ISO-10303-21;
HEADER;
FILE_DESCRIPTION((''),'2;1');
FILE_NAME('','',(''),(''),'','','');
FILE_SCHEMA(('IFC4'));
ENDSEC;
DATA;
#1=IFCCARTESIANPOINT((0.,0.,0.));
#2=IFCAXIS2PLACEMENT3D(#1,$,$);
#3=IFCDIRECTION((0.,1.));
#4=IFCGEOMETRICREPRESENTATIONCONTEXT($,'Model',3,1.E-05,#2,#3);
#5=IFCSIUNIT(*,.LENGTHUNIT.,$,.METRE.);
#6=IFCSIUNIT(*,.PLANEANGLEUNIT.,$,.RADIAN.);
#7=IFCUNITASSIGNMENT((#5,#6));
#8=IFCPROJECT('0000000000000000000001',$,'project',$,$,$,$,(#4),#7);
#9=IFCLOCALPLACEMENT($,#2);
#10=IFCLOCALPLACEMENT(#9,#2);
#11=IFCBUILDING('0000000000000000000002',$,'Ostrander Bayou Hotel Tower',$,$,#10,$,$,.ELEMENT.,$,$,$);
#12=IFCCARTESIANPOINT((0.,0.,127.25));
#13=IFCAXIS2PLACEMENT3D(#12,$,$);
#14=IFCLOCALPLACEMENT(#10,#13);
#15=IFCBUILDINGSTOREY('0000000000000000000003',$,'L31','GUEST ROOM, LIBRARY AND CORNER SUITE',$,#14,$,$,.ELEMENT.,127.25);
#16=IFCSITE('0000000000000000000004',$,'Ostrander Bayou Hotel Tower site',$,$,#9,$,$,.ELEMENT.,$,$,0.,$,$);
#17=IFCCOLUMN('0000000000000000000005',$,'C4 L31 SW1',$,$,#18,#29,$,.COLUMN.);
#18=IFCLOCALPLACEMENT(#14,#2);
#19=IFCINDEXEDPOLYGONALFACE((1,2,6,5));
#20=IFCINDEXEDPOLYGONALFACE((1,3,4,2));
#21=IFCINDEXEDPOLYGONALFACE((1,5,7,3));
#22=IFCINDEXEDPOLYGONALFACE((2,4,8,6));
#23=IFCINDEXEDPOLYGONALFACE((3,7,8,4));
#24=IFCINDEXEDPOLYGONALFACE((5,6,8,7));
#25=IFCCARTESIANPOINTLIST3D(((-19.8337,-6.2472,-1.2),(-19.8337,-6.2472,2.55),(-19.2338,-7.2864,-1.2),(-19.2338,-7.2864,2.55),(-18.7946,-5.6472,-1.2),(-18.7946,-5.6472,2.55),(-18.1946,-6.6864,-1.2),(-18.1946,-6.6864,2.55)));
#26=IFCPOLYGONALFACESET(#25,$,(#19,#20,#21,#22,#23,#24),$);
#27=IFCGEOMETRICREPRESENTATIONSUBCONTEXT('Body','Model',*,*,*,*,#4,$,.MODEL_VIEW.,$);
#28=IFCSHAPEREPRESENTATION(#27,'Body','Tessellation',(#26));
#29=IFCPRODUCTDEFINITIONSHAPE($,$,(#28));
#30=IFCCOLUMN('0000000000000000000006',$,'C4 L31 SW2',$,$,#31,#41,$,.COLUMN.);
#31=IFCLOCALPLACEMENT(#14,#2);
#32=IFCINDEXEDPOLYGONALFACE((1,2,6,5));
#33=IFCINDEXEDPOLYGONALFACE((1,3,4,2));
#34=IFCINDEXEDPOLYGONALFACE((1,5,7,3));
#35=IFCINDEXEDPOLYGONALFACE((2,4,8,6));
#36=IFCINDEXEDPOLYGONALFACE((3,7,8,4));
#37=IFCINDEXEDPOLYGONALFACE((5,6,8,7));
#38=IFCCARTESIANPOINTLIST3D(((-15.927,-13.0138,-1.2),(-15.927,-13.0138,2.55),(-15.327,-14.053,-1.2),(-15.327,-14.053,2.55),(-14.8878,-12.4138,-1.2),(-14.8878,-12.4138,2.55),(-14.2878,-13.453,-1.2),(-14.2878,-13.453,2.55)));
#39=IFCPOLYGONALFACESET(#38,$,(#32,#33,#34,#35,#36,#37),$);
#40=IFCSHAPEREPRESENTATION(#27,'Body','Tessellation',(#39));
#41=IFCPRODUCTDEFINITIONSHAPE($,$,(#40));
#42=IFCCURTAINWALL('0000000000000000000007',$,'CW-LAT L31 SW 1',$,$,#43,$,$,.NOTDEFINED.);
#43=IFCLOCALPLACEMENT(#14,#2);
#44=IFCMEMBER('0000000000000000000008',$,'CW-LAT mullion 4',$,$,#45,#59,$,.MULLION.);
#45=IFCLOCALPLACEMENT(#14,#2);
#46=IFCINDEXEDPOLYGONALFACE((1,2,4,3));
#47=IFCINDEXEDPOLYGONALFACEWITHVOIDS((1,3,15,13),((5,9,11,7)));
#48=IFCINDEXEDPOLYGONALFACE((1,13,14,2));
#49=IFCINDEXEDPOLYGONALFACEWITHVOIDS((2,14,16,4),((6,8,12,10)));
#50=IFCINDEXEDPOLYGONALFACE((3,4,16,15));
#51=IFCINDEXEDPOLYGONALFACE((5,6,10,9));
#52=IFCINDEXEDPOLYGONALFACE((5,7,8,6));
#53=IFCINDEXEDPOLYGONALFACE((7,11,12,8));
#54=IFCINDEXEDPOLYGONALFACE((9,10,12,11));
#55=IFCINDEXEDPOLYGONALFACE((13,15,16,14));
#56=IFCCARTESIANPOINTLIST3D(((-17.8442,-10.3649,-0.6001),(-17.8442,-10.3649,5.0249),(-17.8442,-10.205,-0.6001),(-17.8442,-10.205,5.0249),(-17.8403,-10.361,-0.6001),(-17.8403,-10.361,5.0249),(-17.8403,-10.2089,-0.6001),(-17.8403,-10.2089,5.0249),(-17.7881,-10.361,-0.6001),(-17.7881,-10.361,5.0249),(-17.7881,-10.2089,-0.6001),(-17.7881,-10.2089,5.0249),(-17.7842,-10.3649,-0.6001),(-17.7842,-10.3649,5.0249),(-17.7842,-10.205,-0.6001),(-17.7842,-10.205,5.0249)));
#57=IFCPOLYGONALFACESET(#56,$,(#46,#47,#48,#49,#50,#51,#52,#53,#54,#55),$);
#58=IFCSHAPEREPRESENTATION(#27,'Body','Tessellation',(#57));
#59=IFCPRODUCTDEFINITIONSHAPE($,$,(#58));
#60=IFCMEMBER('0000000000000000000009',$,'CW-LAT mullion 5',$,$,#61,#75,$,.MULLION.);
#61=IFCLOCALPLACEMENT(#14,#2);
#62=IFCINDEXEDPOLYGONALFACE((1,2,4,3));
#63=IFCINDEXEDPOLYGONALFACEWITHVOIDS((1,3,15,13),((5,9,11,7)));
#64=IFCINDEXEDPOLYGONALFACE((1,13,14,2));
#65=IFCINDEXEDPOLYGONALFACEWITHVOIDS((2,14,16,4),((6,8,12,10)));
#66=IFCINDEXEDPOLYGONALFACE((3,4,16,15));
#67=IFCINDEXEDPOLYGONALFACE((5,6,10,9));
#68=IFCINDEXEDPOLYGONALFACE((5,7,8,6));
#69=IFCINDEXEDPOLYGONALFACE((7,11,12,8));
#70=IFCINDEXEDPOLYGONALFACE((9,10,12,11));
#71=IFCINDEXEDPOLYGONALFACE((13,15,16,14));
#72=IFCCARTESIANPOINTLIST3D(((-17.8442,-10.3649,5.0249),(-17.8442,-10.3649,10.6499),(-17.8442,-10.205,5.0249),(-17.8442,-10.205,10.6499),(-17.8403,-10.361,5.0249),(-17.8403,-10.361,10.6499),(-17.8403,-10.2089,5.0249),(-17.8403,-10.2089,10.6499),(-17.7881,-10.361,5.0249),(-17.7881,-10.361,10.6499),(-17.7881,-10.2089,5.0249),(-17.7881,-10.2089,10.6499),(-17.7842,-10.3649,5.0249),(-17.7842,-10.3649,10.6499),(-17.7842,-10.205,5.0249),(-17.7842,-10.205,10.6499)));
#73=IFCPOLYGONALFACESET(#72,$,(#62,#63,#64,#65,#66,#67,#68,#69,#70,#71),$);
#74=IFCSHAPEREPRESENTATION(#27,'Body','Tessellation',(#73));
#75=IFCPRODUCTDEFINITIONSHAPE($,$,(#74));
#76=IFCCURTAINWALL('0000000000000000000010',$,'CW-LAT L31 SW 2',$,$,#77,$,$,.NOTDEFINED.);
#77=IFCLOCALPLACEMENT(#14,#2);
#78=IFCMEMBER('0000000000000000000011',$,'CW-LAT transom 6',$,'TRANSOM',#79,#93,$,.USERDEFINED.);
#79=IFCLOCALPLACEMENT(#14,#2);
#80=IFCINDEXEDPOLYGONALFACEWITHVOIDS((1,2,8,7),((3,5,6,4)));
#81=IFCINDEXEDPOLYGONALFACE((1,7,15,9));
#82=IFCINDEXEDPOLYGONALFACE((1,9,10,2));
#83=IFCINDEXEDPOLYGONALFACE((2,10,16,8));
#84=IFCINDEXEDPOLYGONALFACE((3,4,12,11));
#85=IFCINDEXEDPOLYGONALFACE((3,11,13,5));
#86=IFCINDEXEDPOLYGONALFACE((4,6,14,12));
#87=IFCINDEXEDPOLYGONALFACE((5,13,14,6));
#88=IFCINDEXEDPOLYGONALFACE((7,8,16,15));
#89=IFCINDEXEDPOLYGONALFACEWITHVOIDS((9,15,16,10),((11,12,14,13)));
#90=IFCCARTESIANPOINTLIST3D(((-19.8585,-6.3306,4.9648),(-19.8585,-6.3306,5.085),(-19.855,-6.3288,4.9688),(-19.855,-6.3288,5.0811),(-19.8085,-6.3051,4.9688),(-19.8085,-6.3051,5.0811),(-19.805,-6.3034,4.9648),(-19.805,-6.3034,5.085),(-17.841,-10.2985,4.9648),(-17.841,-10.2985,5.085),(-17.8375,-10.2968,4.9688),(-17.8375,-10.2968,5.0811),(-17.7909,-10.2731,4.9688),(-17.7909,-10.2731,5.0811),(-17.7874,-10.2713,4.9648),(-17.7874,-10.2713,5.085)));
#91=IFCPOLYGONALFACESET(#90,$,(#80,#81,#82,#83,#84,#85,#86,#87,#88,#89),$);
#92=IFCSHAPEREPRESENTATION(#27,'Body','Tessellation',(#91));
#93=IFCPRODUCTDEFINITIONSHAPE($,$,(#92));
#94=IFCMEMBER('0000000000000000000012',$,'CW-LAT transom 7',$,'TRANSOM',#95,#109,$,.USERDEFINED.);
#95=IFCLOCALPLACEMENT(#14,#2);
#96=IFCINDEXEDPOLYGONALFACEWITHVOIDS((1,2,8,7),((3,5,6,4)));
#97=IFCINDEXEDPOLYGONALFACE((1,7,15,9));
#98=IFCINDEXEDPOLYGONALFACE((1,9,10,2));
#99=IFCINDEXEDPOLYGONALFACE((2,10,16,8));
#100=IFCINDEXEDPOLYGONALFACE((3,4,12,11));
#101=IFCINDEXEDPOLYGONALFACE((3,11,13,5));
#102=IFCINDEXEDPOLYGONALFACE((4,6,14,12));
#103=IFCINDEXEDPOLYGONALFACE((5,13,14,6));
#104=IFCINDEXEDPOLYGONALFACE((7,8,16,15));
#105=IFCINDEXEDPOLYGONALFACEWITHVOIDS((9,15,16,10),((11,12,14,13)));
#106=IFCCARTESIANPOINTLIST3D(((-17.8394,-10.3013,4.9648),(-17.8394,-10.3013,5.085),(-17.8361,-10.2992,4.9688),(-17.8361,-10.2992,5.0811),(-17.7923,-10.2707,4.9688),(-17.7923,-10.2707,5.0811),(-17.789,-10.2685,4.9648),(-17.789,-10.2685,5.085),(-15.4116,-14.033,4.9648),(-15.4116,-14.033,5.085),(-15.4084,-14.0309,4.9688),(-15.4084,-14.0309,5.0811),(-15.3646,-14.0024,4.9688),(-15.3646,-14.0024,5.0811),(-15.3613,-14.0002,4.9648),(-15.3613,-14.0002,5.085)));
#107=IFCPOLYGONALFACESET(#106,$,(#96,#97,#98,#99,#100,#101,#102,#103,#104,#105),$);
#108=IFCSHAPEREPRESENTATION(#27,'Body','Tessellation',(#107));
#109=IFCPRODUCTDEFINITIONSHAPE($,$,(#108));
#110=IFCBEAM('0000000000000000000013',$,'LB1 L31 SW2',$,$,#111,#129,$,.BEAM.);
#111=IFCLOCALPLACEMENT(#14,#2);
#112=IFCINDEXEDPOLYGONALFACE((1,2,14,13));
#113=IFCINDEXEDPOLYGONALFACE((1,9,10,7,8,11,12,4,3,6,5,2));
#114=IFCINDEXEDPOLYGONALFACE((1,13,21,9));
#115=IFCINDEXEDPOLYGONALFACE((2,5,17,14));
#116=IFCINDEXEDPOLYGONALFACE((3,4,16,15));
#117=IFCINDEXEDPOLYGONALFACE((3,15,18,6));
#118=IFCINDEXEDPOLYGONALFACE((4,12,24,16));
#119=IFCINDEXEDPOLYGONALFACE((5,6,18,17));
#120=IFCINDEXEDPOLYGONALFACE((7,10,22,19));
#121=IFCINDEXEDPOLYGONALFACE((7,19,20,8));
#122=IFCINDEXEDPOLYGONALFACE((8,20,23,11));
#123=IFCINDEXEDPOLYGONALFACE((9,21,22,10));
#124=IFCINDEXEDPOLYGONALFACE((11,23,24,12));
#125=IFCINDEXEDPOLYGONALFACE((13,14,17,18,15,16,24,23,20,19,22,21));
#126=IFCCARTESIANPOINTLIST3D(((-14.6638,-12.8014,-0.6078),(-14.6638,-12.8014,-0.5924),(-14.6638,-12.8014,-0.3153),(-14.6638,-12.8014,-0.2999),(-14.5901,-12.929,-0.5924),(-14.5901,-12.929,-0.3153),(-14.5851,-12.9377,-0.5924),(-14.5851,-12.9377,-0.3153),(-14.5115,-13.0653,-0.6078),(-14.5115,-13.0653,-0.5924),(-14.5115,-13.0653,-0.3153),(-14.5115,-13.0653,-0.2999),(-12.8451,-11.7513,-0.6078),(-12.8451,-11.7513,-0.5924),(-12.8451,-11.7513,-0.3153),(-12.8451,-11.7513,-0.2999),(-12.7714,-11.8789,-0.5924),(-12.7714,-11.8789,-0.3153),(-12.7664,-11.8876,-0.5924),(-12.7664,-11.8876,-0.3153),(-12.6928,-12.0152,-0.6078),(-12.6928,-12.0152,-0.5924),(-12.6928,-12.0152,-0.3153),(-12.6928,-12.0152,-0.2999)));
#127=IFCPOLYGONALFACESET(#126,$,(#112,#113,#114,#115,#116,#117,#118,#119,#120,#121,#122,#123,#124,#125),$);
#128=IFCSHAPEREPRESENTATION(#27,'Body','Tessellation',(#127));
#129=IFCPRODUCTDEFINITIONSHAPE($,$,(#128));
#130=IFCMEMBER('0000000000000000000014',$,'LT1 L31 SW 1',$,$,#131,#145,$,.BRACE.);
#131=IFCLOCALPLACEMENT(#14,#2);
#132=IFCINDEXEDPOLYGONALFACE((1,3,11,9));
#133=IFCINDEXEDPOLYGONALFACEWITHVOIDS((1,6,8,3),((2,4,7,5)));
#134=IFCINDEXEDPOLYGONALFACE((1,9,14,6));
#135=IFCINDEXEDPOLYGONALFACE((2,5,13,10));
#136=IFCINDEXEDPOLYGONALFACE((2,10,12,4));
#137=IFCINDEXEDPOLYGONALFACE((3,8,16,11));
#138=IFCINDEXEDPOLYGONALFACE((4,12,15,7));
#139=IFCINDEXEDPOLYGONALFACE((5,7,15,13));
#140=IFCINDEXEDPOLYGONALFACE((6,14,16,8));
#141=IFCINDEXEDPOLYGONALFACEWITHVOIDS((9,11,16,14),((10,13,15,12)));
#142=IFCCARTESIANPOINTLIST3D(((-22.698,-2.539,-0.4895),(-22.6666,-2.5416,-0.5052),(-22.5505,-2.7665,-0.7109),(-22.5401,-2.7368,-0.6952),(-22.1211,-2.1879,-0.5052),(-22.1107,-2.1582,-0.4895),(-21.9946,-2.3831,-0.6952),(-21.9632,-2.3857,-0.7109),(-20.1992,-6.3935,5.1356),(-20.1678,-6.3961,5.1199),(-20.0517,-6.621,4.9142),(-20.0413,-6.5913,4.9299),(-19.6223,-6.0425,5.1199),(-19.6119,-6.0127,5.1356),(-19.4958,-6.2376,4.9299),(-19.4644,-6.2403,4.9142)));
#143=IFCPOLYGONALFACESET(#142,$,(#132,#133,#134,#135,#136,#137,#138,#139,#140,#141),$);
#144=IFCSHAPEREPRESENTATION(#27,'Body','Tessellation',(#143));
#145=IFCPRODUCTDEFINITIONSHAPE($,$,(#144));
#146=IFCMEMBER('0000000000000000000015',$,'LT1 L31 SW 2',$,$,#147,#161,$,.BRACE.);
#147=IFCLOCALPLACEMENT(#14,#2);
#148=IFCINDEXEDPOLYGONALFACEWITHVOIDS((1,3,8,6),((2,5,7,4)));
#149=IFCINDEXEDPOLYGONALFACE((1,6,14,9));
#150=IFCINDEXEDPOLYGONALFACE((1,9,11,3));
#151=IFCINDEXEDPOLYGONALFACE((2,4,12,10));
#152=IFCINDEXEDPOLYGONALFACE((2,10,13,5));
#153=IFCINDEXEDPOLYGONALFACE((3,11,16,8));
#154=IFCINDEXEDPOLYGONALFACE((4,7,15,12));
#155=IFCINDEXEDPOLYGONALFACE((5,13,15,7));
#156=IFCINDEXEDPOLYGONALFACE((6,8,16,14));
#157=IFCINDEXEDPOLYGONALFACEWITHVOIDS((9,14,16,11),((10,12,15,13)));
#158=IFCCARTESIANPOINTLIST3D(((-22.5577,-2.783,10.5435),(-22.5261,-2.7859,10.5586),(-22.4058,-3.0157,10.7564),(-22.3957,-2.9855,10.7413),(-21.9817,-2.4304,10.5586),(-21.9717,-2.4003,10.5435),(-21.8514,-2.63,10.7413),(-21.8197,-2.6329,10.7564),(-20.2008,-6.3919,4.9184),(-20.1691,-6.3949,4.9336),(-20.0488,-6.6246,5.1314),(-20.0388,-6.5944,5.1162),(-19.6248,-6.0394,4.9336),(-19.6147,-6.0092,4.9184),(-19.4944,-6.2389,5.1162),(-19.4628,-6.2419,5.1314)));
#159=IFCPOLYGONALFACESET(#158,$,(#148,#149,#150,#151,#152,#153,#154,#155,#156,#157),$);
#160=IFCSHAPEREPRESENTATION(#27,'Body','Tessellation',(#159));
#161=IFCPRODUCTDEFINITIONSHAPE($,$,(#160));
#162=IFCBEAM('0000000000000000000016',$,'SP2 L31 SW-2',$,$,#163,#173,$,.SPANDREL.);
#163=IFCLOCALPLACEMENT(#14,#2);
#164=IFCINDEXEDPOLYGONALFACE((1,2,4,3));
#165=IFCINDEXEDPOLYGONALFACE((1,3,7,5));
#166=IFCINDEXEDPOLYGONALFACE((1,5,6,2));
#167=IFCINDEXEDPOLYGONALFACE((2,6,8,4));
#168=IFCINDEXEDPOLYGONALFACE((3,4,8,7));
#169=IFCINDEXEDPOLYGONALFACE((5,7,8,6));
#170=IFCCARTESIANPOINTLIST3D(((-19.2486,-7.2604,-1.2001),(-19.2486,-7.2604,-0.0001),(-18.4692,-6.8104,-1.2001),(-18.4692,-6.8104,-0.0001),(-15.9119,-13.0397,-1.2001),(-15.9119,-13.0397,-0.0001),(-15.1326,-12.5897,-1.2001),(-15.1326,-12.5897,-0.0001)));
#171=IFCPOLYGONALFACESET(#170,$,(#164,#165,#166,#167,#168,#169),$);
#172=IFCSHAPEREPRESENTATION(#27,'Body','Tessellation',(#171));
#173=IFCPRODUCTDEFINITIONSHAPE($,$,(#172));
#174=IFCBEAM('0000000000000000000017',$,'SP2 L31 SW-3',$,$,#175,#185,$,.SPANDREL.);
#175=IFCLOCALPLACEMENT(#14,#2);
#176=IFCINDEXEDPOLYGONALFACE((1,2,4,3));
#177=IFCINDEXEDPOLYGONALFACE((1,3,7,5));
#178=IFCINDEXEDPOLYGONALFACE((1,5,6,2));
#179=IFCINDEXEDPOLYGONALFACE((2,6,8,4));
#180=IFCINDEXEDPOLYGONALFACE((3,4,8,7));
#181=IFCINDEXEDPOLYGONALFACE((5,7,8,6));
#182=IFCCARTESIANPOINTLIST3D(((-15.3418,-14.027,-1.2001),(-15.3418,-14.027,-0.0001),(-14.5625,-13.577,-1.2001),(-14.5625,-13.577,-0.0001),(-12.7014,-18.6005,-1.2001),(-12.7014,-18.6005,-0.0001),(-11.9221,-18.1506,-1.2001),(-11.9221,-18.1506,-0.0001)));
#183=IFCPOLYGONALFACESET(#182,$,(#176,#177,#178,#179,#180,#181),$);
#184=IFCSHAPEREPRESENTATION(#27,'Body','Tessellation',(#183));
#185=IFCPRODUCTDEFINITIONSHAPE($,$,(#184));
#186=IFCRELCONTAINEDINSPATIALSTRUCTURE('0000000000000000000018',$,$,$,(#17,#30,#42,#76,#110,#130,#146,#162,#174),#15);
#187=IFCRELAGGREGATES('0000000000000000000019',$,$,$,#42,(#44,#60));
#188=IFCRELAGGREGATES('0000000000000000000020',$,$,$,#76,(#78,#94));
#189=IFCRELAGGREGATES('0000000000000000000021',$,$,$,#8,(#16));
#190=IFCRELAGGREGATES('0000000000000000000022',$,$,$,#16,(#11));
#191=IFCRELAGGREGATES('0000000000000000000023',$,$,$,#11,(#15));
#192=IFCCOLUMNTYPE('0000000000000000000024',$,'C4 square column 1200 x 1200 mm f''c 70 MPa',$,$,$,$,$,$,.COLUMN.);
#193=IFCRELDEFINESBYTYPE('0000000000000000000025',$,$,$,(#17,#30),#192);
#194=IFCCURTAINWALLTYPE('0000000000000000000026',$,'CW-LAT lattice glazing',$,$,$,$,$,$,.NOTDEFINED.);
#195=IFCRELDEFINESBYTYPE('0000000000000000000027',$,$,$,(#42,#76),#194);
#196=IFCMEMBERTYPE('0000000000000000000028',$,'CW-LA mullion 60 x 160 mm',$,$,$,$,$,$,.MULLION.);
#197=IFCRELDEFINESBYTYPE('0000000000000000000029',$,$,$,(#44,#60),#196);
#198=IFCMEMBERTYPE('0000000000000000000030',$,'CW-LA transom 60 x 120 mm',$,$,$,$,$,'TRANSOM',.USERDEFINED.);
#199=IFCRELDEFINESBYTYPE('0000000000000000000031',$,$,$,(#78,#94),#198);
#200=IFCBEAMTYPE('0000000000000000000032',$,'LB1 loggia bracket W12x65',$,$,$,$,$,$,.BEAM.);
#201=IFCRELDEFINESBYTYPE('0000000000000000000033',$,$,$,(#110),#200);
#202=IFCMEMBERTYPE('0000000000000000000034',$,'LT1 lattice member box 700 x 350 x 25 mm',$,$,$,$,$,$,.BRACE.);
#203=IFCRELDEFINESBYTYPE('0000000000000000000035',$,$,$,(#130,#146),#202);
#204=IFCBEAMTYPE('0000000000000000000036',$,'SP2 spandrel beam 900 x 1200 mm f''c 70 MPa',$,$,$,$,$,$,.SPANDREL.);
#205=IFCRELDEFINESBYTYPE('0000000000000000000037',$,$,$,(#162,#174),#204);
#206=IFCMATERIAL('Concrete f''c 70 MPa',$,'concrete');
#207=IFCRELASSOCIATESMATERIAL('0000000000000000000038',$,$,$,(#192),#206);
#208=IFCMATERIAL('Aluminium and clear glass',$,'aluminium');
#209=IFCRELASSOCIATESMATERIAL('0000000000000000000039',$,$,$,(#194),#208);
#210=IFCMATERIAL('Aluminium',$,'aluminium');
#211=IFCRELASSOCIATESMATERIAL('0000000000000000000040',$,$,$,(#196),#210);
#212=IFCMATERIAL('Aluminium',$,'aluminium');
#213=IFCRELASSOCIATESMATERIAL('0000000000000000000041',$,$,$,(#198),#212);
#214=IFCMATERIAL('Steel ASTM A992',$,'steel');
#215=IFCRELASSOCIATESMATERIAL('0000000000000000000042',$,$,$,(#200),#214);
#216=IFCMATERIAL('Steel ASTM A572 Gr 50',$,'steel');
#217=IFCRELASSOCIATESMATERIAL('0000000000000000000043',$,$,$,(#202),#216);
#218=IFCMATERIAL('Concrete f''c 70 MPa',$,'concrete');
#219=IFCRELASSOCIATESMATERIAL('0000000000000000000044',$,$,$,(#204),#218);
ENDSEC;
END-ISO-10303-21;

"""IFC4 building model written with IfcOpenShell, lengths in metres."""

from ifc_helpers import new_model, si_unit, direction, frame, origin, origin_2d, place, context, subcontext, project, spatial, rectangle, hollow_rectangle, i_section, extrude, material, material_profile, profile_set, type_object, element, aggregate, save


model = new_model("IFC4")

# Units and contexts
model_context = context("Model", 3, precision=1e-05, world=origin(), true_north=direction((0.0, 1.0)))
body_context = subcontext(model_context, "Body", "Model", "MODEL_VIEW")
ifc_project = project(units=[si_unit("LENGTHUNIT", "METRE"), si_unit("PLANEANGLEUNIT", "RADIAN")], contexts=[model_context])

# Site, building, storey
site_placement = place(None, origin())
site = spatial("IfcSite", under=ifc_project, at=site_placement, Name="Ostrander Bayou Hotel Tower site", CompositionType="ELEMENT", RefElevation=0.0)
building_placement = place(site_placement, origin())
building = spatial("IfcBuilding", under=site, at=building_placement, Name="Ostrander Bayou Hotel Tower", CompositionType="ELEMENT")
storey_placement = place(building_placement, frame((0.0, 0.0, 127.25)))
storey = spatial("IfcBuildingStorey", under=building, at=storey_placement, Name="L31", Description="GUEST ROOM, LIBRARY AND CORNER SUITE", CompositionType="ELEMENT", Elevation=127.25)

# Columns
ifc_material_1 = material(Name="Concrete f'c 70 MPa", Category="concrete")
ifc_material_profile_1 = material_profile(ifc_material_1, rectangle(XDim=1.2, YDim=1.2, at=origin_2d()))
ifc_profile_set_1 = profile_set([ifc_material_profile_1], Name="Concrete f'c 70 MPa")
column_type = type_object("IfcColumnType", Name="C4 square column 1200 x 1200 mm f'c 70 MPa", PredefinedType="COLUMN", material=ifc_profile_set_1)
for number, where, z_axis, x_axis, name in (
    (1, (-19.0142, -6.4668, -1.2), (0.0, 0.0, 1.0), (-0.5, 0.866025, 0.0), "C4 L31 SW1"),
    (2, (-15.1074, -13.2334, -1.2), (0.0, 0.0, 1.0), (-0.5, 0.866025, 0.0), "C4 L31 SW2"),
):
    element("IfcColumn", number, at=place(storey_placement, frame(where, z_axis=z_axis, x_axis=x_axis)), inside=storey, type_object=column_type, Name=name, PredefinedType="COLUMN", context=body_context, shape_type="SweptSolid", body=[
        extrude(rectangle(XDim=1.2, YDim=1.2, at=origin_2d()), origin(), (0.0, 0.0, 1.0), 3.75),
    ])

# Curtain walls, members
ifc_material_2 = material(Name="Aluminium and clear glass", Category="aluminium")
curtain_wall_type = type_object("IfcCurtainWallType", Name="CW-LAT lattice glazing", PredefinedType="NOTDEFINED", material=ifc_material_2)
curtain_wall_1_placement = place(storey_placement, origin())
curtain_wall_1 = element("IfcCurtainWall", 3, at=curtain_wall_1_placement, inside=storey, type_object=curtain_wall_type, Name="CW-LAT L31 SW 1", PredefinedType="NOTDEFINED")
ifc_material_3 = material(Name="Aluminium", Category="aluminium")
ifc_material_profile_2 = material_profile(ifc_material_3, hollow_rectangle(XDim=0.0601, YDim=0.1599, WallThickness=0.0039, at=origin_2d()))
ifc_profile_set_2 = profile_set([ifc_material_profile_2], Name="Aluminium")
member_type_1 = type_object("IfcMemberType", Name="CW-LA mullion 60 x 160 mm", PredefinedType="MULLION", material=ifc_profile_set_2)
member_1_placement = place(storey_placement, frame((-17.8142, -10.2849, -0.6001), z_axis=(0.0, 0.0, 1.0), x_axis=(1.0, 0.0, 0.0)))
member_1 = element("IfcMember", 4, at=member_1_placement, type_object=member_type_1, Name="CW-LAT mullion 4", PredefinedType="MULLION", context=body_context, shape_type="SweptSolid", body=[
    extrude(hollow_rectangle(XDim=0.0601, YDim=0.1599, WallThickness=0.0039, at=origin_2d()), origin(), (0.0, 0.0, 1.0), 5.625),
])
member_2_placement = place(storey_placement, frame((-17.8142, -10.2849, 5.0249), z_axis=(0.0, 0.0, 1.0), x_axis=(1.0, 0.0, 0.0)))
member_2 = element("IfcMember", 5, at=member_2_placement, type_object=member_type_1, Name="CW-LAT mullion 5", PredefinedType="MULLION", context=body_context, shape_type="SweptSolid", body=[
    extrude(hollow_rectangle(XDim=0.0601, YDim=0.1599, WallThickness=0.0039, at=origin_2d()), origin(), (0.0, 0.0, 1.0), 5.625),
])
aggregate(curtain_wall_1, [member_1, member_2])
curtain_wall_2_placement = place(storey_placement, origin())
curtain_wall_2 = element("IfcCurtainWall", 6, at=curtain_wall_2_placement, inside=storey, type_object=curtain_wall_type, Name="CW-LAT L31 SW 2", PredefinedType="NOTDEFINED")
ifc_material_4 = material(Name="Aluminium", Category="aluminium")
ifc_material_profile_3 = material_profile(ifc_material_4, hollow_rectangle(XDim=0.0601, YDim=0.1201, WallThickness=0.0039, at=origin_2d()))
ifc_profile_set_3 = profile_set([ifc_material_profile_3], Name="Aluminium")
member_type_2 = type_object("IfcMemberType", Name="CW-LA transom 60 x 120 mm", ElementType="TRANSOM", PredefinedType="USERDEFINED", material=ifc_profile_set_3)
member_3_placement = place(storey_placement, frame((-17.8142, -10.2849, 5.0249), z_axis=(-0.453236, 0.89139, 0.0), x_axis=(-0.89139, -0.453236, 0.0)))
member_3 = element("IfcMember", 7, at=member_3_placement, type_object=member_type_2, Name="CW-LAT transom 6", ObjectType="TRANSOM", PredefinedType="USERDEFINED", context=body_context, shape_type="SweptSolid", body=[
    extrude(hollow_rectangle(XDim=0.0601, YDim=0.1201, WallThickness=0.0039, at=origin_2d()), origin(), (0.0, 0.0, 1.0), 4.4514),
])
member_4_placement = place(storey_placement, frame((-17.8142, -10.2849, 5.0249), z_axis=(0.545326, -0.838224, 0.0), x_axis=(0.838224, 0.545326, 0.0)))
member_4 = element("IfcMember", 8, at=member_4_placement, type_object=member_type_2, Name="CW-LAT transom 7", ObjectType="TRANSOM", PredefinedType="USERDEFINED", context=body_context, shape_type="SweptSolid", body=[
    extrude(hollow_rectangle(XDim=0.0601, YDim=0.1201, WallThickness=0.0039, at=origin_2d()), origin(), (0.0, 0.0, 1.0), 4.4519),
])
aggregate(curtain_wall_2, [member_3, member_4])

# Beam
ifc_material_5 = material(Name="Steel ASTM A992", Category="steel")
ifc_material_profile_4 = material_profile(ifc_material_5, i_section(OverallWidth=0.3047, OverallDepth=0.3079, WebThickness=0.01, FlangeThickness=0.0154, at=origin_2d()))
ifc_profile_set_4 = profile_set([ifc_material_profile_4], Name="Steel ASTM A992")
beam_type_1 = type_object("IfcBeamType", Name="LB1 loggia bracket W12x65", PredefinedType="BEAM", material=ifc_profile_set_4)
beam_1_placement = place(storey_placement, frame((-14.5876, -12.9333, -0.4539), z_axis=(0.866009, 0.500028, 0.0), x_axis=(-0.500028, 0.866009, 0.0)))
element("IfcBeam", 9, at=beam_1_placement, inside=storey, type_object=beam_type_1, Name="LB1 L31 SW2", PredefinedType="BEAM", context=body_context, shape_type="SweptSolid", body=[
    extrude(i_section(OverallWidth=0.3047, OverallDepth=0.3079, WebThickness=0.01, FlangeThickness=0.0154, at=origin_2d()), origin(), (0.0, 0.0, 1.0), 2.1001),
])

# Members
ifc_material_6 = material(Name="Steel ASTM A572 Gr 50", Category="steel")
ifc_material_profile_5 = material_profile(ifc_material_6, hollow_rectangle(XDim=0.7, YDim=0.3501, WallThickness=0.0249, at=origin_2d()))
ifc_profile_set_5 = profile_set([ifc_material_profile_5], Name="Steel ASTM A572 Gr 50")
member_type_3 = type_object("IfcMemberType", Name="LT1 lattice member box 700 x 350 x 25 mm", PredefinedType="BRACE", material=ifc_profile_set_5)
member_5_placement = place(storey_placement, frame((-19.8318, -6.3169, 5.0249), z_axis=(-0.344073, 0.53075, -0.774543), x_axis=(-0.839104, -0.543972, 0.0)))
element("IfcMember", 10, at=member_5_placement, inside=storey, type_object=member_type_3, Name="LT1 L31 SW 1", PredefinedType="BRACE", context=body_context, shape_type="SweptSolid", body=[
    extrude(hollow_rectangle(XDim=0.7, YDim=0.3501, WallThickness=0.0249, at=origin_2d()), origin(), (0.0, 0.0, 1.0), 7.2625),
])
member_6_placement = place(storey_placement, frame((-19.8318, -6.3169, 5.0249), z_axis=(-0.33259, 0.509255, 0.793752), x_axis=(-0.837259, -0.546807, 0.0)))
element("IfcMember", 11, at=member_6_placement, inside=storey, type_object=member_type_3, Name="LT1 L31 SW 2", PredefinedType="BRACE", context=body_context, shape_type="SweptSolid", body=[
    extrude(hollow_rectangle(XDim=0.7, YDim=0.3501, WallThickness=0.0249, at=origin_2d()), origin(), (0.0, 0.0, 1.0), 7.0867),
])

# Beams
ifc_material_7 = material(Name="Concrete f'c 70 MPa", Category="concrete")
ifc_material_profile_6 = material_profile(ifc_material_7, rectangle(XDim=0.8999, YDim=1.2, at=origin_2d()))
ifc_profile_set_6 = profile_set([ifc_material_profile_6], Name="Concrete f'c 70 MPa")
beam_type_2 = type_object("IfcBeamType", Name="SP2 spandrel beam 900 x 1200 mm f'c 70 MPa", PredefinedType="SPANDREL", material=ifc_profile_set_6)
beam_2_placement = place(storey_placement, frame((-18.8589, -7.0354, -0.6001), z_axis=(0.499999, -0.866026, 0.0), x_axis=(0.866026, 0.499999, 0.0)))
element("IfcBeam", 12, at=beam_2_placement, inside=storey, type_object=beam_type_2, Name="SP2 L31 SW-2", PredefinedType="SPANDREL", context=body_context, shape_type="SweptSolid", body=[
    extrude(rectangle(XDim=0.8999, YDim=1.2, at=origin_2d()), origin(), (0.0, 0.0, 1.0), 6.6733),
])
beam_3_placement = place(storey_placement, frame((-14.9521, -13.802, -0.6001), z_axis=(0.499983, -0.866035, 0.0), x_axis=(0.866035, 0.499983, 0.0)))
element("IfcBeam", 13, at=beam_3_placement, inside=storey, type_object=beam_type_2, Name="SP2 L31 SW-3", PredefinedType="SPANDREL", context=body_context, shape_type="SweptSolid", body=[
    extrude(rectangle(XDim=0.8999, YDim=1.2, at=origin_2d()), origin(), (0.0, 0.0, 1.0), 5.281),
])

save(model, "model.ifc")
